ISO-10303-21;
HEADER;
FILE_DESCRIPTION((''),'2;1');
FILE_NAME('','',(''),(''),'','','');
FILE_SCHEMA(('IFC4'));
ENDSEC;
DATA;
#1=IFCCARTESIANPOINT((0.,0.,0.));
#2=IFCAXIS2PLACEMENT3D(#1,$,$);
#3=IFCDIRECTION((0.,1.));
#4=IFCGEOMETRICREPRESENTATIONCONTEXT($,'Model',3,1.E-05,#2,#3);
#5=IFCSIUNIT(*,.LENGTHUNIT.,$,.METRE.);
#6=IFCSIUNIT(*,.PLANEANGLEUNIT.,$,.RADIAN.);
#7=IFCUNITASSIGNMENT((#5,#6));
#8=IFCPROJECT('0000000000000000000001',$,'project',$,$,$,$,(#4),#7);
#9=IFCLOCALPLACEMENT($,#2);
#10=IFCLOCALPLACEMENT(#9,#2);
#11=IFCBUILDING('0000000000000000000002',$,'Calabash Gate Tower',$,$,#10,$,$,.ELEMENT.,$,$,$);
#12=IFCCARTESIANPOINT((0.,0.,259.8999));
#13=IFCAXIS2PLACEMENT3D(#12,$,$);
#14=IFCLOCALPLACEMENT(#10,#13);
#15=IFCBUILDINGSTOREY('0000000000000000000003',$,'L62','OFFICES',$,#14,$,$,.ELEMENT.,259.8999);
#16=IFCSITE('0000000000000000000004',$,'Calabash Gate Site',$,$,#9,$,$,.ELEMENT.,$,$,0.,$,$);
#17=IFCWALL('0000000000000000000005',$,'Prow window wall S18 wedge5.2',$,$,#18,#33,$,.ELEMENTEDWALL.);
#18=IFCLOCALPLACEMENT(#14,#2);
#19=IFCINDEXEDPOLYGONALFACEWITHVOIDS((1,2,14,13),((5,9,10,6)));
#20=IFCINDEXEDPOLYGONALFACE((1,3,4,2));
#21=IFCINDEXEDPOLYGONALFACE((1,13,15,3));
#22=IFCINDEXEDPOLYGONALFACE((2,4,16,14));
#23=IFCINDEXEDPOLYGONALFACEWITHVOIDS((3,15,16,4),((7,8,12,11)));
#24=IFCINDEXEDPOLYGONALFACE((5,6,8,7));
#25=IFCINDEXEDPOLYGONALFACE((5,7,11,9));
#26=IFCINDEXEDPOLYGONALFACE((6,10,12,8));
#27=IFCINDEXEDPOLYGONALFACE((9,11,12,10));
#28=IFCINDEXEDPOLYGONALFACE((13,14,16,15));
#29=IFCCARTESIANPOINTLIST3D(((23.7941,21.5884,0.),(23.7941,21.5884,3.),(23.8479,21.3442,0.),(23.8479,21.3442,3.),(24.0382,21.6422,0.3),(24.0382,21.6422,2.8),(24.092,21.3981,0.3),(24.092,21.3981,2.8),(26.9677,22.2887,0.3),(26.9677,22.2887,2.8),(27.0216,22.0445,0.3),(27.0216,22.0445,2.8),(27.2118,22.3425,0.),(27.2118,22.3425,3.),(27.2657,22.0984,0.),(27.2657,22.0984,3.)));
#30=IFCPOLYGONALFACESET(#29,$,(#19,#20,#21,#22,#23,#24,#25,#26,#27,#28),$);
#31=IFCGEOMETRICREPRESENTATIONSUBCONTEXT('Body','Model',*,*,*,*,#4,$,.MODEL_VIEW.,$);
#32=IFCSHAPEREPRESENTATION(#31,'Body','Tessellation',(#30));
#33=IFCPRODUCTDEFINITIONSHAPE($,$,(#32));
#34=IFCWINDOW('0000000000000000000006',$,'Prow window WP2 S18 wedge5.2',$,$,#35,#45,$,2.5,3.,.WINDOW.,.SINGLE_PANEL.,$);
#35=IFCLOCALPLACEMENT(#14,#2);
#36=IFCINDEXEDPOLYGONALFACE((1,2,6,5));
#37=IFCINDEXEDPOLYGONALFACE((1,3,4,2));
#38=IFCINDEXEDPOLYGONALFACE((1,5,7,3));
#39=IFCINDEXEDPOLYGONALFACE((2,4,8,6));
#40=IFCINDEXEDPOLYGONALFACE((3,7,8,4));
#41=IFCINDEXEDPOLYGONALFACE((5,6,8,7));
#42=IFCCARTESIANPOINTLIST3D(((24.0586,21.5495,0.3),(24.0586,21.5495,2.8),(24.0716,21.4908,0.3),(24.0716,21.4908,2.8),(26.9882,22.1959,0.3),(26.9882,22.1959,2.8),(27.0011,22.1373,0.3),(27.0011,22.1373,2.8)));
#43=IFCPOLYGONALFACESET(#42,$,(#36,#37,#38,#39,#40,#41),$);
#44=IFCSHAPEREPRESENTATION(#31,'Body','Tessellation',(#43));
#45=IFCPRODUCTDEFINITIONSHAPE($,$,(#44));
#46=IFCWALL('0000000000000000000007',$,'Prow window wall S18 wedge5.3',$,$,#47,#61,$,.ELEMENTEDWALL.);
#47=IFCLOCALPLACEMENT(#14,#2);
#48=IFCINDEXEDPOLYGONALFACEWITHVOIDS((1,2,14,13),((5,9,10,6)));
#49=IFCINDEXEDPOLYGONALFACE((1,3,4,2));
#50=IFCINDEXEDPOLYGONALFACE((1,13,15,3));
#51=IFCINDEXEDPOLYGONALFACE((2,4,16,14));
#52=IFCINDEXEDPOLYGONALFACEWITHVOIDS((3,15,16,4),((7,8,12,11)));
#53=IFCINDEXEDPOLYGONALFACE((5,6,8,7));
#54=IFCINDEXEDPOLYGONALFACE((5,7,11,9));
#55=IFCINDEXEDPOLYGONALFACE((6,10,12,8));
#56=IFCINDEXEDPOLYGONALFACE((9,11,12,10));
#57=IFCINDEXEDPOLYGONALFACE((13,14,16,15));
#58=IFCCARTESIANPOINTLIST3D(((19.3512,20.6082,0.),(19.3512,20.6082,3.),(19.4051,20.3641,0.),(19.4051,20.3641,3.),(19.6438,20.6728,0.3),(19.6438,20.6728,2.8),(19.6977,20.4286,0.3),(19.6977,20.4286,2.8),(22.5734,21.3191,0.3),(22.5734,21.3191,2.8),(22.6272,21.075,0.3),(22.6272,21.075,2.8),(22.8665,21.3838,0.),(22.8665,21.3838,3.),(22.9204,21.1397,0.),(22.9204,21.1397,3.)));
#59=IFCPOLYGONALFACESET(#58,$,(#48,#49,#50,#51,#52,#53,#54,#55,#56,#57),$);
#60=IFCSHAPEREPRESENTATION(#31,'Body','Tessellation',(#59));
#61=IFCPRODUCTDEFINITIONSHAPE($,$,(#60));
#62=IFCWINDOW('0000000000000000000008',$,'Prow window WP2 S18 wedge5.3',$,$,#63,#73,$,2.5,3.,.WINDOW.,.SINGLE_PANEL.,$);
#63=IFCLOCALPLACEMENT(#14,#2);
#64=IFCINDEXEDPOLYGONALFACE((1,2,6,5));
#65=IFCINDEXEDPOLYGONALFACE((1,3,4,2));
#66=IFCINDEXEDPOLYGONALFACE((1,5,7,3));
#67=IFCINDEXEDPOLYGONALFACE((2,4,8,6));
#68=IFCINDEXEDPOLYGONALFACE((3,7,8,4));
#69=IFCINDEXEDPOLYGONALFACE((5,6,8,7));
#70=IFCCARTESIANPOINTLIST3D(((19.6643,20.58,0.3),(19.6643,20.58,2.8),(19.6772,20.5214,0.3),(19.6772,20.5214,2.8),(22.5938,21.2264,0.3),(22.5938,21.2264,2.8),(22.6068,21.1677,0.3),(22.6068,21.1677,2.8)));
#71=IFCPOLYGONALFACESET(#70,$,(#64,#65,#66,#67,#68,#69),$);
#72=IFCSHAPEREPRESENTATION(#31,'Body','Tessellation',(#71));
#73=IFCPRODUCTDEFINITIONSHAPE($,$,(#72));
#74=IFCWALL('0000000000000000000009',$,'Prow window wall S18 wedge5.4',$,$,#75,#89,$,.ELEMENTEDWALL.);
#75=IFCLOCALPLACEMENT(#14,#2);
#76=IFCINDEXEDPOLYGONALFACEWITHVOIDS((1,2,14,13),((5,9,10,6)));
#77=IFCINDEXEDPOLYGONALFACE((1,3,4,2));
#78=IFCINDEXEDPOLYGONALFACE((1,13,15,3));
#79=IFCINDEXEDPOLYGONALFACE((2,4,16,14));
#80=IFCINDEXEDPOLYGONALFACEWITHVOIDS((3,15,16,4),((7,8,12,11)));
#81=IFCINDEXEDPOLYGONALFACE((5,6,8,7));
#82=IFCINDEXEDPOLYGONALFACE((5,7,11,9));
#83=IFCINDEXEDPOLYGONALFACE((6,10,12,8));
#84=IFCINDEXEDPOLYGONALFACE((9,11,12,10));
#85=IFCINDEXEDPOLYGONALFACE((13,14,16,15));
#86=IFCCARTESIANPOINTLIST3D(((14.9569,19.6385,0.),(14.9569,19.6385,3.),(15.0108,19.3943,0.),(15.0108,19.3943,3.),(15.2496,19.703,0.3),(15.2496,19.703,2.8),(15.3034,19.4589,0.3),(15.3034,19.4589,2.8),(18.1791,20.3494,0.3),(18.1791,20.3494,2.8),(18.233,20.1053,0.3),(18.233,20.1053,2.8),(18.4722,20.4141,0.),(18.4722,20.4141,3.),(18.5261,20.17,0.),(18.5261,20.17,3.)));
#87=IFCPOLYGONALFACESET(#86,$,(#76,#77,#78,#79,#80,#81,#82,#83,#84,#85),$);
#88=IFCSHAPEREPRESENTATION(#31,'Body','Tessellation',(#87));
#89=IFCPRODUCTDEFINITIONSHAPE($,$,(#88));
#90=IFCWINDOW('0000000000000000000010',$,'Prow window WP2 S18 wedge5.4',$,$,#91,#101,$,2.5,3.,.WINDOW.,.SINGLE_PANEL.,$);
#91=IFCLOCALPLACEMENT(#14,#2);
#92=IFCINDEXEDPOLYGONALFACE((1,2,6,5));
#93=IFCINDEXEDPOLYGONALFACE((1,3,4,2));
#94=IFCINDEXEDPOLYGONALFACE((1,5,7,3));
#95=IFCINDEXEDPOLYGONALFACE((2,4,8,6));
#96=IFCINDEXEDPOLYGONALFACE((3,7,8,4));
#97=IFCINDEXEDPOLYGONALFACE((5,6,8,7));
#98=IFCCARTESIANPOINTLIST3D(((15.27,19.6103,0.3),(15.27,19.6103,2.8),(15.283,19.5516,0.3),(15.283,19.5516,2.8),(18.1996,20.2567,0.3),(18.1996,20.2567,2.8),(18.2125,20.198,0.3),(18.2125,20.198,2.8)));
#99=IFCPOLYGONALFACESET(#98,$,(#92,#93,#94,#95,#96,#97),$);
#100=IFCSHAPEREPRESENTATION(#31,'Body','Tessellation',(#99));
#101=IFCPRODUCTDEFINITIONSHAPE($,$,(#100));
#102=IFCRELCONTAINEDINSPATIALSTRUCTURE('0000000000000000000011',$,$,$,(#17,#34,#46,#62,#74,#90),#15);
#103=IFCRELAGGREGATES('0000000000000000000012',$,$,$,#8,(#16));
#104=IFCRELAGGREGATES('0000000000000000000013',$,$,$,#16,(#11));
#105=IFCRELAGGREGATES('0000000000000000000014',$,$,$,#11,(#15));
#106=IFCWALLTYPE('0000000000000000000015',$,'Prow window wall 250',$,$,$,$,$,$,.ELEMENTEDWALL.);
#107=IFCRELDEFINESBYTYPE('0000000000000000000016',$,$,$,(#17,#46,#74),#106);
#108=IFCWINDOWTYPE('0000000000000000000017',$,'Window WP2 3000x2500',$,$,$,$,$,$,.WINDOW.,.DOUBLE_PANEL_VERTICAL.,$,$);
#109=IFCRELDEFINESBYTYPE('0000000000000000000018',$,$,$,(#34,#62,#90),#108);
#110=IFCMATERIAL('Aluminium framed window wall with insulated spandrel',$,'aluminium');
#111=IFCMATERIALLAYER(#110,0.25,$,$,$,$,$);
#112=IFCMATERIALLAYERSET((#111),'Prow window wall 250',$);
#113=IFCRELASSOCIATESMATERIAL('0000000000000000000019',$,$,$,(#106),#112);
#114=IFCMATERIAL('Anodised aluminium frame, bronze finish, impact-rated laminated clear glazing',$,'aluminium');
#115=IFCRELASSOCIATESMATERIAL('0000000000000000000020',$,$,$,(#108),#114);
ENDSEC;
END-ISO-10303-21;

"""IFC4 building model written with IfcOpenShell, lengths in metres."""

from ifc_helpers import new_model, si_unit, direction, frame, frame_2d, origin, place, context, subcontext, project, spatial, rectangle, extrude, material, layer, layer_set, type_object, element, fill, save


model = new_model("IFC4")

# Units and contexts
model_context = context("Model", 3, precision=1e-05, world=origin(), true_north=direction((0.0, 1.0)))
body_context = subcontext(model_context, "Body", "Model", "MODEL_VIEW")
ifc_project = project(units=[si_unit("LENGTHUNIT", "METRE"), si_unit("PLANEANGLEUNIT", "RADIAN")], contexts=[model_context])

# Site, building, storey
site_placement = place(None, origin())
site = spatial("IfcSite", under=ifc_project, at=site_placement, Name="Calabash Gate Site", CompositionType="ELEMENT", RefElevation=0.0)
building_placement = place(site_placement, origin())
building = spatial("IfcBuilding", under=site, at=building_placement, Name="Calabash Gate Tower", CompositionType="ELEMENT")
storey_placement = place(building_placement, frame((0.0, 0.0, 259.8999)))
storey = spatial("IfcBuildingStorey", under=building, at=storey_placement, Name="L62", Description="OFFICES", CompositionType="ELEMENT", Elevation=259.8999)

# Walls, openings, windows
ifc_material_1 = material(Name="Aluminium framed window wall with insulated spandrel", Category="aluminium")
ifc_layer_1 = layer(ifc_material_1, 0.25)
ifc_layer_set_1 = layer_set([ifc_layer_1], Name="Prow window wall 250")
wall_type_1 = type_object("IfcWallType", Name="Prow window wall 250", PredefinedType="ELEMENTEDWALL", material=ifc_layer_set_1)
ifc_material_2 = material(Name="Anodised aluminium frame, bronze finish, impact-rated laminated clear glazing", Category="aluminium")
window_type = type_object("IfcWindowType", Name="Window WP2 3000x2500", PartitioningType="DOUBLE_PANEL_VERTICAL", PredefinedType="WINDOW", material=ifc_material_2)
wall_1_placement = place(storey_placement, frame((27.2388, 22.2205, 0.0), z_axis=(0.0, 0.0, 1.0), x_axis=(-0.976509, -0.215475, 0.0)))
wall_1 = element("IfcWall", 1, at=wall_1_placement, inside=storey, type_object=wall_type_1, Name="Prow window wall S18 wedge5.2", PredefinedType="ELEMENTEDWALL", context=body_context, shape_type="SweptSolid", body=[
    extrude(rectangle(XDim=3.5, YDim=0.25, at=frame_2d((1.75, 0.0))), origin(), (0.0, 0.0, 1.0), 3.0),
])
opening_1_placement = place(wall_1_placement, frame((0.25, 0.0, 0.3)))
opening_1 = element("IfcOpeningElement", 2, at=opening_1_placement, cuts=wall_1, PredefinedType="OPENING", context=body_context, shape_type="SweptSolid", body=[
    extrude(rectangle(XDim=3.0, YDim=2.5, at=frame_2d((1.5, 1.25))), frame((0.0, 0.135, 0.0), z_axis=(0.0, -1.0, 0.0), x_axis=(1.0, 0.0, 0.0)), (0.0, 0.0, 1.0), 0.27),
])
window_1_placement = place(opening_1_placement, origin())
window_1 = element("IfcWindow", 3, at=window_1_placement, inside=storey, type_object=window_type, Name="Prow window WP2 S18 wedge5.2", OverallHeight=2.5, OverallWidth=3.0, PartitioningType="SINGLE_PANEL", PredefinedType="WINDOW", context=body_context, shape_type="SweptSolid", body=[
    extrude(rectangle(XDim=3.0, YDim=2.5, at=frame_2d((1.5, 1.25))), frame((0.0, 0.03, 0.0), z_axis=(0.0, -1.0, 0.0), x_axis=(1.0, 0.0, 0.0)), (0.0, 0.0, 1.0), 0.0601),
])
fill(opening_1, window_1)
wall_2_placement = place(storey_placement, frame((22.8933, 21.2617, 0.0), z_axis=(0.0, 0.0, 1.0), x_axis=(-0.976513, -0.215458, 0.0)))
wall_2 = element("IfcWall", 4, at=wall_2_placement, inside=storey, type_object=wall_type_1, Name="Prow window wall S18 wedge5.3", PredefinedType="ELEMENTEDWALL", context=body_context, shape_type="SweptSolid", body=[
    extrude(rectangle(XDim=3.5999, YDim=0.25, at=frame_2d((1.7998, 0.0))), origin(), (0.0, 0.0, 1.0), 3.0),
])
opening_2_placement = place(wall_2_placement, frame((0.3, 0.0, 0.3)))
opening_2 = element("IfcOpeningElement", 5, at=opening_2_placement, cuts=wall_2, PredefinedType="OPENING", context=body_context, shape_type="SweptSolid", body=[
    extrude(rectangle(XDim=3.0, YDim=2.5, at=frame_2d((1.5, 1.25))), frame((0.0, 0.135, 0.0), z_axis=(0.0, -1.0, 0.0), x_axis=(1.0, 0.0, 0.0)), (0.0, 0.0, 1.0), 0.27),
])
window_2_placement = place(opening_2_placement, origin())
window_2 = element("IfcWindow", 6, at=window_2_placement, inside=storey, type_object=window_type, Name="Prow window WP2 S18 wedge5.3", OverallHeight=2.5, OverallWidth=3.0, PartitioningType="SINGLE_PANEL", PredefinedType="WINDOW", context=body_context, shape_type="SweptSolid", body=[
    extrude(rectangle(XDim=3.0, YDim=2.5, at=frame_2d((1.5, 1.25))), frame((0.0, 0.03, 0.0), z_axis=(0.0, -1.0, 0.0), x_axis=(1.0, 0.0, 0.0)), (0.0, 0.0, 1.0), 0.0601),
])
fill(opening_2, window_2)
wall_3_placement = place(storey_placement, frame((18.499, 20.292, 0.0), z_axis=(0.0, 0.0, 1.0), x_axis=(-0.976513, -0.215458, 0.0)))
wall_3 = element("IfcWall", 7, at=wall_3_placement, inside=storey, type_object=wall_type_1, Name="Prow window wall S18 wedge5.4", PredefinedType="ELEMENTEDWALL", context=body_context, shape_type="SweptSolid", body=[
    extrude(rectangle(XDim=3.5999, YDim=0.25, at=frame_2d((1.7998, 0.0))), origin(), (0.0, 0.0, 1.0), 3.0),
])
opening_3_placement = place(wall_3_placement, frame((0.3, 0.0, 0.3)))
opening_3 = element("IfcOpeningElement", 8, at=opening_3_placement, cuts=wall_3, PredefinedType="OPENING", context=body_context, shape_type="SweptSolid", body=[
    extrude(rectangle(XDim=3.0, YDim=2.5, at=frame_2d((1.5, 1.25))), frame((0.0, 0.135, 0.0), z_axis=(0.0, -1.0, 0.0), x_axis=(1.0, 0.0, 0.0)), (0.0, 0.0, 1.0), 0.27),
])
window_3_placement = place(opening_3_placement, origin())
window_3 = element("IfcWindow", 9, at=window_3_placement, inside=storey, type_object=window_type, Name="Prow window WP2 S18 wedge5.4", OverallHeight=2.5, OverallWidth=3.0, PartitioningType="SINGLE_PANEL", PredefinedType="WINDOW", context=body_context, shape_type="SweptSolid", body=[
    extrude(rectangle(XDim=3.0, YDim=2.5, at=frame_2d((1.5, 1.25))), frame((0.0, 0.03, 0.0), z_axis=(0.0, -1.0, 0.0), x_axis=(1.0, 0.0, 0.0)), (0.0, 0.0, 1.0), 0.0601),
])
fill(opening_3, window_3)

save(model, "model.ifc")
